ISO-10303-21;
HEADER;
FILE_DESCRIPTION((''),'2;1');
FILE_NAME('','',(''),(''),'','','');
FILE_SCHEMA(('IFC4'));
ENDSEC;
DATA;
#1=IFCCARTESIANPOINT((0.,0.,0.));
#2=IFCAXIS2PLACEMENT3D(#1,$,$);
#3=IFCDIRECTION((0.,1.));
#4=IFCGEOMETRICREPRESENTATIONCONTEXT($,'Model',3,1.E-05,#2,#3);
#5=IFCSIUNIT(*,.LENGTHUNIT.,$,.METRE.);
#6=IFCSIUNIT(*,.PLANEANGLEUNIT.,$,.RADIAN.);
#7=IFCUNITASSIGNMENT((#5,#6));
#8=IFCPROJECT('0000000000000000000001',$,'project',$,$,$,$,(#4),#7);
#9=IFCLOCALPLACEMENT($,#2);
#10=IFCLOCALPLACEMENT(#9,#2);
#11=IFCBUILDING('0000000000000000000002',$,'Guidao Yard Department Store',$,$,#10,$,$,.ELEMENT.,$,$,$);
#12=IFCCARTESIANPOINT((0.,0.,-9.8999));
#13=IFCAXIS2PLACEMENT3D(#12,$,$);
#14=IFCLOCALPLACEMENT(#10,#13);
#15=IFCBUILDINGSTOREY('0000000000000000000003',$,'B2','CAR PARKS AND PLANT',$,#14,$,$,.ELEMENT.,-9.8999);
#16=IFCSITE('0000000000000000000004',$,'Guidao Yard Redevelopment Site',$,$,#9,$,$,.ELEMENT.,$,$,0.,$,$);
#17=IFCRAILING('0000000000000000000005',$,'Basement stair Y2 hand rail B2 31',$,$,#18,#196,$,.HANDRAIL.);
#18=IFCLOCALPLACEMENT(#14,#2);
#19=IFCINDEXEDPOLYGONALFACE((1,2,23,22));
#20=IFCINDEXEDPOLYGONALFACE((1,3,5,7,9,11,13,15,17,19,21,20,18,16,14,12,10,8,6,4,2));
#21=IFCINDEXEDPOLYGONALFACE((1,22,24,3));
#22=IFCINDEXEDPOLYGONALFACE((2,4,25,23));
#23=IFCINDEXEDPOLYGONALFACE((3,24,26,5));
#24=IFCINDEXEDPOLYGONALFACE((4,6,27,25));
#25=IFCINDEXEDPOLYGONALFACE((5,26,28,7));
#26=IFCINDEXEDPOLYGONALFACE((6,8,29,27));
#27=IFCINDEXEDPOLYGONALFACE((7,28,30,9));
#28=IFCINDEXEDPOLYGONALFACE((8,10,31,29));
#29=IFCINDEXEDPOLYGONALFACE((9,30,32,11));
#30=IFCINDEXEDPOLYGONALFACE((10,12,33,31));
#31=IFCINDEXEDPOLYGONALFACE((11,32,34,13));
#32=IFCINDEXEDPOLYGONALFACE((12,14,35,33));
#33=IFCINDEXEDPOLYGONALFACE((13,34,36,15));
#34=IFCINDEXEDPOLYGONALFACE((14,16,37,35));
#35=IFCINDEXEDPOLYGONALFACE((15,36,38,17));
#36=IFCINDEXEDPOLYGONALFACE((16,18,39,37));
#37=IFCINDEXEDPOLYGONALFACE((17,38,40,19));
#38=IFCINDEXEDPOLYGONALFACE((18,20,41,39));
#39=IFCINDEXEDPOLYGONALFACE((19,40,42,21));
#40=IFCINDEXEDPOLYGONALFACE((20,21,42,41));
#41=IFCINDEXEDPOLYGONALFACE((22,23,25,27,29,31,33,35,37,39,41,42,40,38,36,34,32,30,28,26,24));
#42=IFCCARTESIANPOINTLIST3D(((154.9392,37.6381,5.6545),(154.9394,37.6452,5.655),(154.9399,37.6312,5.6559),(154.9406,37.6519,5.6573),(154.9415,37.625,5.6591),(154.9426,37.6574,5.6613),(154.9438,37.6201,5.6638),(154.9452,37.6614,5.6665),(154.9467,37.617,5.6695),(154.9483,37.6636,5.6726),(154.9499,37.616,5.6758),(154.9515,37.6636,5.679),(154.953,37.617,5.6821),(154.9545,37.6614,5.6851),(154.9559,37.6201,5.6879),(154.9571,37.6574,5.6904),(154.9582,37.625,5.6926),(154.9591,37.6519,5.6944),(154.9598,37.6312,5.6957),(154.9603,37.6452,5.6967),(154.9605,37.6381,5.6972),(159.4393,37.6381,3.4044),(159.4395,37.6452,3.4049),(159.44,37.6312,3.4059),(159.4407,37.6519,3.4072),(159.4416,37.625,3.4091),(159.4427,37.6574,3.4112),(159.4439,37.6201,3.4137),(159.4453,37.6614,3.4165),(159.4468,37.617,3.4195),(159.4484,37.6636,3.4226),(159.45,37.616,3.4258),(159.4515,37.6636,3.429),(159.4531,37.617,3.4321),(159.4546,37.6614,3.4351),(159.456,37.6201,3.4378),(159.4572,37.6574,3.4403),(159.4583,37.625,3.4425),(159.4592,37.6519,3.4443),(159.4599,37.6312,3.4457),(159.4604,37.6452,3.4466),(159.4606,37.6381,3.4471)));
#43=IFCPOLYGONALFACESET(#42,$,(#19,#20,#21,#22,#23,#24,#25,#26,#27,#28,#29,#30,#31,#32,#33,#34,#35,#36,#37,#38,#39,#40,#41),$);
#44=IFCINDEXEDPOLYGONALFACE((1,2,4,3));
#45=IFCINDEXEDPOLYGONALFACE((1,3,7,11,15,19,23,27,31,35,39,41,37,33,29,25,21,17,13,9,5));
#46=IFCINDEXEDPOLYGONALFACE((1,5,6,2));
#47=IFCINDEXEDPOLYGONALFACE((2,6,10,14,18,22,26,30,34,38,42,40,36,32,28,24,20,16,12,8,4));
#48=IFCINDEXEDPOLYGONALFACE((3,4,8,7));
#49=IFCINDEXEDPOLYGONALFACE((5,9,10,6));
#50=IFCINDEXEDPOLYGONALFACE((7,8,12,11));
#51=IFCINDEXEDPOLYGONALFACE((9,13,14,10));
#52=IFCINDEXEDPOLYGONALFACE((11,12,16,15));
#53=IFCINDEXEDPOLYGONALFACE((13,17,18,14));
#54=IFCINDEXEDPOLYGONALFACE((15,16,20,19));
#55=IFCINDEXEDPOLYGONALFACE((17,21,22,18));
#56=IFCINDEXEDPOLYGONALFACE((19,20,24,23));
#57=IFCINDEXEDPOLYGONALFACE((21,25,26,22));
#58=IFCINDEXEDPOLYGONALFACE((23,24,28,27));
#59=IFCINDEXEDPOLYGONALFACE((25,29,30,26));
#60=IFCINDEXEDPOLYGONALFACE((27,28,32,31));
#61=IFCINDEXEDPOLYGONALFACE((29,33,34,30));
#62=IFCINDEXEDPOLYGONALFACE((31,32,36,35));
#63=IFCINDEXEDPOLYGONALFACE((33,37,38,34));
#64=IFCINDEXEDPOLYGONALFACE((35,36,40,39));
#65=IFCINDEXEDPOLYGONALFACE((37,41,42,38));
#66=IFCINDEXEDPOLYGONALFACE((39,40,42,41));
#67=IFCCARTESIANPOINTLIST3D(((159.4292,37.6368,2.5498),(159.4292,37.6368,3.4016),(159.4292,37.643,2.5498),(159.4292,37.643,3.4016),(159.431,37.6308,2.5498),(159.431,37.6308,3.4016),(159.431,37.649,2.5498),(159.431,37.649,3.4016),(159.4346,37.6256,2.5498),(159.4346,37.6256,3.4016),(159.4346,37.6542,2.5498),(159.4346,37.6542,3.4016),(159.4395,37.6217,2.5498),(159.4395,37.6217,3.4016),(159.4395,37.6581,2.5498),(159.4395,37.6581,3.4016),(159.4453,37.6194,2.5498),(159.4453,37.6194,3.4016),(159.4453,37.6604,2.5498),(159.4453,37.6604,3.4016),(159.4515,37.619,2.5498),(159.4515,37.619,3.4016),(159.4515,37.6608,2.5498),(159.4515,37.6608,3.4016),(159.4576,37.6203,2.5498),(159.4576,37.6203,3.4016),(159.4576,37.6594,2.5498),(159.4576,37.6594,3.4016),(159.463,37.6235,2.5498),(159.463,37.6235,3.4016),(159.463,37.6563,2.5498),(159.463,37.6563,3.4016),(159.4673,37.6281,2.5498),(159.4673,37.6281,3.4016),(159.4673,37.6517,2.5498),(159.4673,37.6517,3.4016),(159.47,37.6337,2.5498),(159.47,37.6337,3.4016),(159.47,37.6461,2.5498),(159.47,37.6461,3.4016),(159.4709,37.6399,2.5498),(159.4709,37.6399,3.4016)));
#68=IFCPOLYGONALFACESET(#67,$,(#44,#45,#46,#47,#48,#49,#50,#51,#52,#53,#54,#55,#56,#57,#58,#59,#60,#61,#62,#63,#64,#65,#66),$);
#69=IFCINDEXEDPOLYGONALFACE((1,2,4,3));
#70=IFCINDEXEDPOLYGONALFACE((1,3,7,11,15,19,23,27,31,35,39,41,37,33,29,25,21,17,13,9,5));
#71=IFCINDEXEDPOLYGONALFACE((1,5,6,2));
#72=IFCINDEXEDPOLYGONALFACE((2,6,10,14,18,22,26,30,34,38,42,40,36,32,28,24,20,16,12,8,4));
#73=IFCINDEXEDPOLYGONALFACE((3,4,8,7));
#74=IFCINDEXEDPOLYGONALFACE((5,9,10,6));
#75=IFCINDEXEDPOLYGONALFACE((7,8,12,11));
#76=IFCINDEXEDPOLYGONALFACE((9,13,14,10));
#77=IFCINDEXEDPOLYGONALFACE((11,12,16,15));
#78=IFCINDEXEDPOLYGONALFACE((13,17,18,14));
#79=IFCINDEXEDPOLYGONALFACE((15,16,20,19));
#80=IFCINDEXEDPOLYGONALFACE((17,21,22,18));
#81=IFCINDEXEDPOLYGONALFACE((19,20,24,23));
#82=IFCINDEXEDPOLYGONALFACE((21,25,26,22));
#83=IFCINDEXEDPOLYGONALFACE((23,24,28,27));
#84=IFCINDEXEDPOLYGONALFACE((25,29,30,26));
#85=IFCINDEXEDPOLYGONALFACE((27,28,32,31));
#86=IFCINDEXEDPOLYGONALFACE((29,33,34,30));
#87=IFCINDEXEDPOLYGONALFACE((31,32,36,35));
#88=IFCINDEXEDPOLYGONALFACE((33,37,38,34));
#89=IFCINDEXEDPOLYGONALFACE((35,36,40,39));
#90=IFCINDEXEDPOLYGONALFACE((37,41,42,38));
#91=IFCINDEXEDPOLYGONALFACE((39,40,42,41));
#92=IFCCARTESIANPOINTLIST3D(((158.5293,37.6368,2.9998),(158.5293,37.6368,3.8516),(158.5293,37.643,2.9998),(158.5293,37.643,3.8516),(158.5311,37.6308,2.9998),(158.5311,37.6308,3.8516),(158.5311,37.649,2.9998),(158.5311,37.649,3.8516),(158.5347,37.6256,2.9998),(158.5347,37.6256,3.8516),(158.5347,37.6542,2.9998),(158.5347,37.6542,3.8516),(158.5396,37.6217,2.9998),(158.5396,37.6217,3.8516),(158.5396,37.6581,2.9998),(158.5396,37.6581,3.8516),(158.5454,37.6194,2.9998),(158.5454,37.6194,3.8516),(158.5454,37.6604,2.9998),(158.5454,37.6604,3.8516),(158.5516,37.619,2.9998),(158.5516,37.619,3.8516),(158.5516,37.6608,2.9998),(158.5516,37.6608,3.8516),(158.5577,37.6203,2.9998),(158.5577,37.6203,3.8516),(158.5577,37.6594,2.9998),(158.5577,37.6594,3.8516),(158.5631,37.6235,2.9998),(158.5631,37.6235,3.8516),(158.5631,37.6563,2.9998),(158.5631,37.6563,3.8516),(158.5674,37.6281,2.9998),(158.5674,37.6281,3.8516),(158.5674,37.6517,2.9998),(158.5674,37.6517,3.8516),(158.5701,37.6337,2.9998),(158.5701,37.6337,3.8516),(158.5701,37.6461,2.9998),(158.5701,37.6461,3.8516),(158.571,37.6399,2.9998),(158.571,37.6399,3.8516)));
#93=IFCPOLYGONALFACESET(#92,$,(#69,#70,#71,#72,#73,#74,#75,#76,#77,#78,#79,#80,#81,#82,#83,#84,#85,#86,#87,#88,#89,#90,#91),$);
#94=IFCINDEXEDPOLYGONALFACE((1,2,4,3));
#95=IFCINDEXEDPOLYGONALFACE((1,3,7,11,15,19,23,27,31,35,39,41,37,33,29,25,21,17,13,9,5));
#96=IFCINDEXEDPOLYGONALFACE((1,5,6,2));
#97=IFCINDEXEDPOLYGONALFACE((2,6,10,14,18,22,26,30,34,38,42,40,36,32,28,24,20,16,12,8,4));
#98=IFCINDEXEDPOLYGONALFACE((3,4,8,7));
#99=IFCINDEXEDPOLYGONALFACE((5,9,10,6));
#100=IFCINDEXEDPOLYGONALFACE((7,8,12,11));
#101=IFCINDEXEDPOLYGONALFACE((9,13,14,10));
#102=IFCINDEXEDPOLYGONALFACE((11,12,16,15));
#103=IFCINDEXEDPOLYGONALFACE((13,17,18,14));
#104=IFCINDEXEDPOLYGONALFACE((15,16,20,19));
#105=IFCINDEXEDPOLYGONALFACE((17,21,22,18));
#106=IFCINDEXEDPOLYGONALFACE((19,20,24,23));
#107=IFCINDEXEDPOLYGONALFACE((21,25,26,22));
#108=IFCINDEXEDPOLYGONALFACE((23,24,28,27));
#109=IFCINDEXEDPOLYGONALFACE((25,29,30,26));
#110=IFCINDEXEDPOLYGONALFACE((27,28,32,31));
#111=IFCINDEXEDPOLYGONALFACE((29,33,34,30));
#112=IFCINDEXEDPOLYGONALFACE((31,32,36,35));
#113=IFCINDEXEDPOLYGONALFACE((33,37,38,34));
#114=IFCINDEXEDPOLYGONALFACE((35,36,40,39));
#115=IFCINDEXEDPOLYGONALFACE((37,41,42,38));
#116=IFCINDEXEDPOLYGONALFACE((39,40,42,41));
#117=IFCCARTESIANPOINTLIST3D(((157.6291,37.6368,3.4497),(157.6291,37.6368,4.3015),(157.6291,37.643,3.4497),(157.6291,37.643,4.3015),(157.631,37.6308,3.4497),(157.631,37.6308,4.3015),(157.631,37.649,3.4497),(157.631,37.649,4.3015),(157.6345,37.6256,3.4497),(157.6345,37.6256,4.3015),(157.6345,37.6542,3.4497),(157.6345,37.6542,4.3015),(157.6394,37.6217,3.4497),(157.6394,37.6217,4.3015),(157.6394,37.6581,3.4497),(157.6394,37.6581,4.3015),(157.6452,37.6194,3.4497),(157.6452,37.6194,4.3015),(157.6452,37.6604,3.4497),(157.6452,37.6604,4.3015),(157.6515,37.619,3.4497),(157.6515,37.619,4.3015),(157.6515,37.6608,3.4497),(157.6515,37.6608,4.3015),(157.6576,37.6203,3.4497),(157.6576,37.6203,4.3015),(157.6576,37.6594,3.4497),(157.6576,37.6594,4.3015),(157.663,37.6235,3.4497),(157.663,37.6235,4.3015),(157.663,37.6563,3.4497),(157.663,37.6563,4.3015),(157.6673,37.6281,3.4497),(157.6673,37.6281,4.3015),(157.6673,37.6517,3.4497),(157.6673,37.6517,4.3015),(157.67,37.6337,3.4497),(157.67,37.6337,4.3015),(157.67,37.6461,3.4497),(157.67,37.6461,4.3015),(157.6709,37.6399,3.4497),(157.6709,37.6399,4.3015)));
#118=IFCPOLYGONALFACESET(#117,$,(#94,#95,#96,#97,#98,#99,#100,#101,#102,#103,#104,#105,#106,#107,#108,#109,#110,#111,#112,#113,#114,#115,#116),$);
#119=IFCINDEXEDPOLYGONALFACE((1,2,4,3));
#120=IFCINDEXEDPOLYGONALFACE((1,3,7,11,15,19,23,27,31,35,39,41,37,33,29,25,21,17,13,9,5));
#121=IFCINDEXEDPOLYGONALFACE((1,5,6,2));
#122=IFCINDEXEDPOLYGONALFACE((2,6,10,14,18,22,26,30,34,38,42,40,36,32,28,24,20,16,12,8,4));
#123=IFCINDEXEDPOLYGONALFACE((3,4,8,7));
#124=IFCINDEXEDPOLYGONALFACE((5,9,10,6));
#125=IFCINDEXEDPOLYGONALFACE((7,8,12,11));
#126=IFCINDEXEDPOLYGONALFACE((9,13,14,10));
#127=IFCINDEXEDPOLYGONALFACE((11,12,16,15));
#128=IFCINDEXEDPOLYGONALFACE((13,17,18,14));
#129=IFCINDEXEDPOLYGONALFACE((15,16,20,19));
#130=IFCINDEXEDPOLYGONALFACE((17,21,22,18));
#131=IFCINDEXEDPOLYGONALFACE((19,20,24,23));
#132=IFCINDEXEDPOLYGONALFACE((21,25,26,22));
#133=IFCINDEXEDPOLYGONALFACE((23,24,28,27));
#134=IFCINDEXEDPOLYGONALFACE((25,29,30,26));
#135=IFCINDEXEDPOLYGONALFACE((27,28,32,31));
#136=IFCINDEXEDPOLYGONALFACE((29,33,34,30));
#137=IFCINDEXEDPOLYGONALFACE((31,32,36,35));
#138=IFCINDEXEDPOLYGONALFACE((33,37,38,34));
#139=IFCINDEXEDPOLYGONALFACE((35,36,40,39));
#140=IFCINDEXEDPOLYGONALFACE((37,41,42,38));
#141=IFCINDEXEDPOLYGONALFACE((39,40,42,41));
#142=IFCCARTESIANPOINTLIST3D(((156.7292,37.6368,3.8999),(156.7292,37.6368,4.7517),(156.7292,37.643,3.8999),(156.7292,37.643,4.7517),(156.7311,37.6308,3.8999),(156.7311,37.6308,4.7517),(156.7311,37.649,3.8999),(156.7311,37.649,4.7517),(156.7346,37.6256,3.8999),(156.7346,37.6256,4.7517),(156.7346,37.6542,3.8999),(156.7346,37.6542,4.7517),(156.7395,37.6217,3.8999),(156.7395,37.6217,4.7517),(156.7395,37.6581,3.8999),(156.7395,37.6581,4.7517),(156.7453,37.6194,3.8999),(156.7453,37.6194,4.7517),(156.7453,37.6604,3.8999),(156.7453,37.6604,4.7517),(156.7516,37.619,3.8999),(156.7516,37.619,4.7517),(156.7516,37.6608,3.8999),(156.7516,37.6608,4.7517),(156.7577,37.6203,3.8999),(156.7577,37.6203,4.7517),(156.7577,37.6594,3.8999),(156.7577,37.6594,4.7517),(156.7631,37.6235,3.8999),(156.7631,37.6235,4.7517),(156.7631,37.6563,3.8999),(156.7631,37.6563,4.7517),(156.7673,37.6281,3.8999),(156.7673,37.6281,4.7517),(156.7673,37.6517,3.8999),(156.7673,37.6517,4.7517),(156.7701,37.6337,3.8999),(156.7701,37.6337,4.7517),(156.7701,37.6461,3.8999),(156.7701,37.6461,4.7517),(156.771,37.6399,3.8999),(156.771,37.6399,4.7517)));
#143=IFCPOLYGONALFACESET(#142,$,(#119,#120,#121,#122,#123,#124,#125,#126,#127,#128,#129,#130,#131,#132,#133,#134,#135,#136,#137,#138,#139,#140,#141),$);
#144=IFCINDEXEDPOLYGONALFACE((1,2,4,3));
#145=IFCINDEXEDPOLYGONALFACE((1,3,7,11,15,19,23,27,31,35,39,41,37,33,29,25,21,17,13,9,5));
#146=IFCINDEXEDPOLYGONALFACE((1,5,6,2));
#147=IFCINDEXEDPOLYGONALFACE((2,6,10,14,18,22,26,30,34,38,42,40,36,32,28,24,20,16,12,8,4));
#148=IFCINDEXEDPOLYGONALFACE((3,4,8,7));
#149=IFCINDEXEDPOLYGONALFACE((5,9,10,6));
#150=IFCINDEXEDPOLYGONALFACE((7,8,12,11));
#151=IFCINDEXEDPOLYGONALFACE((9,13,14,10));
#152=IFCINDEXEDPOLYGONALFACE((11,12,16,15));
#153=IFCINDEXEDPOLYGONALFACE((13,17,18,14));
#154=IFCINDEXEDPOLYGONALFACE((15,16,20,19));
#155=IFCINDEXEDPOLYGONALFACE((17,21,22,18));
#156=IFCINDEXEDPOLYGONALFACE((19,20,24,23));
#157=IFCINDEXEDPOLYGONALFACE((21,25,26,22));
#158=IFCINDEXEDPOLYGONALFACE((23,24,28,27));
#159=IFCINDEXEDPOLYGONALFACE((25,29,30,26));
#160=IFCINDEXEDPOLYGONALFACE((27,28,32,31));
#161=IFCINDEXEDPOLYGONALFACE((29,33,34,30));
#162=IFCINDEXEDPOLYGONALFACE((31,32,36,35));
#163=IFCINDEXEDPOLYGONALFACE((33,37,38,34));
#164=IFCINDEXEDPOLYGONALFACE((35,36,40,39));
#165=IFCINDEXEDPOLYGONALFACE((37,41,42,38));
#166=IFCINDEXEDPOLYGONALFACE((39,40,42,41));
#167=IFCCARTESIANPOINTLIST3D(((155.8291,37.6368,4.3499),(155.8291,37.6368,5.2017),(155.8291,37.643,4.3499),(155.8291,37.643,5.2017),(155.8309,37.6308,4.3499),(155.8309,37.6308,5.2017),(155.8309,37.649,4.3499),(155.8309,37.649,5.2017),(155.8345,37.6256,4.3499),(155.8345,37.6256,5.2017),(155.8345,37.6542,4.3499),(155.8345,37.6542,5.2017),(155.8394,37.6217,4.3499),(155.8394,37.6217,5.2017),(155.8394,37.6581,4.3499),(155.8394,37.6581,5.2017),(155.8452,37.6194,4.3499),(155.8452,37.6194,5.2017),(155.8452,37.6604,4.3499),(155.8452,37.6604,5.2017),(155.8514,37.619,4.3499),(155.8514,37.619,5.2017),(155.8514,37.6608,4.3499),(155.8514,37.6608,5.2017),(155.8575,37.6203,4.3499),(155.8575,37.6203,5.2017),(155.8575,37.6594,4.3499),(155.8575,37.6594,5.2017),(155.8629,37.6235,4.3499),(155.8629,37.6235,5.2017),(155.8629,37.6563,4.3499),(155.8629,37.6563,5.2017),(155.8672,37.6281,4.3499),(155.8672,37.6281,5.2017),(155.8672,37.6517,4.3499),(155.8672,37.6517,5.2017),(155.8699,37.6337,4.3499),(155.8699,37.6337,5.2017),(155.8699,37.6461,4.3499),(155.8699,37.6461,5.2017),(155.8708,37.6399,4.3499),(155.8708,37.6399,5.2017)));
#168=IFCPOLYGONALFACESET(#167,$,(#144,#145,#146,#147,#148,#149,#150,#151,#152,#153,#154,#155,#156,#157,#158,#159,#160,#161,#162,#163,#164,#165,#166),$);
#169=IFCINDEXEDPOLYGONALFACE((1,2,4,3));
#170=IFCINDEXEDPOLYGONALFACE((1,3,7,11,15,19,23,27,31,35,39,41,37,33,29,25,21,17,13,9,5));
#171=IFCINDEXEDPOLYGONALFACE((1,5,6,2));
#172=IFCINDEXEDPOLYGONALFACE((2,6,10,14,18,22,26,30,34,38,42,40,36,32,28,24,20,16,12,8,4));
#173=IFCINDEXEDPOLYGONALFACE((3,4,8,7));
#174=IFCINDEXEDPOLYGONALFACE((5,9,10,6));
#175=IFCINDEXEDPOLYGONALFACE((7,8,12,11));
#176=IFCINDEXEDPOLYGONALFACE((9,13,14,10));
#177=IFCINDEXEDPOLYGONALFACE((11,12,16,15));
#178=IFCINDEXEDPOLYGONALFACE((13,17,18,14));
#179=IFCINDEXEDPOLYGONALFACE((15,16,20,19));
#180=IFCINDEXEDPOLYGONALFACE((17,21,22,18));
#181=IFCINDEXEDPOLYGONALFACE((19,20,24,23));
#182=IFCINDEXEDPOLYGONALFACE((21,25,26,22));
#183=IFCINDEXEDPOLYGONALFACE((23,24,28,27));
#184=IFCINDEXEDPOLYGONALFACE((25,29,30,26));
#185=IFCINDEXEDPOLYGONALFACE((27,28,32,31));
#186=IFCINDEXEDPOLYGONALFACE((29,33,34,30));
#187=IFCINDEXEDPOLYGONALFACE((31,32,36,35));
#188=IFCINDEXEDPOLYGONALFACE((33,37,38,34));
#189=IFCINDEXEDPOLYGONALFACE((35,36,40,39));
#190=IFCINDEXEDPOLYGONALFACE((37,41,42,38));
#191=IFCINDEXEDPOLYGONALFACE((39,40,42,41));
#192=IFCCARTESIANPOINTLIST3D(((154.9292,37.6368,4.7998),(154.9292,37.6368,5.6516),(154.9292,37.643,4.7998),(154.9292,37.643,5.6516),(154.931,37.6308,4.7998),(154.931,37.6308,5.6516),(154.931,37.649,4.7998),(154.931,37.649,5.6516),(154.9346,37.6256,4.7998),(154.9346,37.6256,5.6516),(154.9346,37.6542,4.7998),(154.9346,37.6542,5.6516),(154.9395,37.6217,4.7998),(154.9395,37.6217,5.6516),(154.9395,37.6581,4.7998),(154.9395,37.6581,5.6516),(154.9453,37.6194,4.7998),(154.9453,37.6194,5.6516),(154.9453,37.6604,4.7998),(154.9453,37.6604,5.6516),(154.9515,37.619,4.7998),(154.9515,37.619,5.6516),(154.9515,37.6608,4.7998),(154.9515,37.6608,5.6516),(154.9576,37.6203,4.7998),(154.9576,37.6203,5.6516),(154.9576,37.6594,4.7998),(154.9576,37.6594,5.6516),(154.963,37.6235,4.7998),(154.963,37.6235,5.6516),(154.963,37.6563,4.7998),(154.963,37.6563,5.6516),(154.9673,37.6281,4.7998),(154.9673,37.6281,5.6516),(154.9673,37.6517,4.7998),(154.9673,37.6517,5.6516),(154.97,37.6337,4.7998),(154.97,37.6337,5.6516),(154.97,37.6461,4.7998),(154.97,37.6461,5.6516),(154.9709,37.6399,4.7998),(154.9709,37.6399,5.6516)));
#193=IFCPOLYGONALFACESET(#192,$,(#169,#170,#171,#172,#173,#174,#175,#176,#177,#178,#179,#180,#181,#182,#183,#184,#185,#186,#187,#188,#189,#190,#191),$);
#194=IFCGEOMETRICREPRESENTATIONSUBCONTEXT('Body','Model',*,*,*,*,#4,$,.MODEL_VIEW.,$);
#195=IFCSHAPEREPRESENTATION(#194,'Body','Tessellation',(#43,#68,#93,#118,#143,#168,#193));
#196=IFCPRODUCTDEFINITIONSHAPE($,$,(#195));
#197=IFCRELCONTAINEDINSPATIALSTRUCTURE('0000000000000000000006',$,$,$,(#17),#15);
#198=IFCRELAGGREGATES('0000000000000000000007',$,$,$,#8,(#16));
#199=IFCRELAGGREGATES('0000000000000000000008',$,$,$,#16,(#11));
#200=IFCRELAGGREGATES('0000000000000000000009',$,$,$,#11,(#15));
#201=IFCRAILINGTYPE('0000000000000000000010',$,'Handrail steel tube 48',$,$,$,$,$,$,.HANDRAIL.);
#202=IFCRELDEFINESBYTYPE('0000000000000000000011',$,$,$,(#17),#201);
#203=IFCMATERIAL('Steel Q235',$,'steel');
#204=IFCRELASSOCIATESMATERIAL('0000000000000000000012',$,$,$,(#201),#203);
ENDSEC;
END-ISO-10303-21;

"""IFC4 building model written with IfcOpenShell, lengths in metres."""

from ifc_helpers import new_model, si_unit, direction, frame, origin, origin_2d, place, context, subcontext, project, spatial, circle, extrude, material, type_object, element, save


model = new_model("IFC4")

# Units and contexts
model_context = context("Model", 3, precision=1e-05, world=origin(), true_north=direction((0.0, 1.0)))
body_context = subcontext(model_context, "Body", "Model", "MODEL_VIEW")
ifc_project = project(units=[si_unit("LENGTHUNIT", "METRE"), si_unit("PLANEANGLEUNIT", "RADIAN")], contexts=[model_context])

# Site, building, storey
site_placement = place(None, origin())
site = spatial("IfcSite", under=ifc_project, at=site_placement, Name="Guidao Yard Redevelopment Site", CompositionType="ELEMENT", RefElevation=0.0)
building_placement = place(site_placement, origin())
building = spatial("IfcBuilding", under=site, at=building_placement, Name="Guidao Yard Department Store", CompositionType="ELEMENT")
storey_placement = place(building_placement, frame((0.0, 0.0, -9.8999)))
storey = spatial("IfcBuildingStorey", under=building, at=storey_placement, Name="B2", Description="CAR PARKS AND PLANT", CompositionType="ELEMENT", Elevation=-9.8999)

# Railing
ifc_material_1 = material(Name="Steel Q235", Category="steel")
railing_type_1 = type_object("IfcRailingType", Name="Handrail steel tube 48", PredefinedType="HANDRAIL", material=ifc_material_1)
for number, where, name in (
    (1, (159.45, 37.6399, 2.5498), "Basement stair Y2 hand rail B2 31"),
):
    element("IfcRailing", number, at=place(storey_placement, frame(where)), inside=storey, type_object=railing_type_1, Name=name, PredefinedType="HANDRAIL", context=body_context, shape_type="SweptSolid", body=[
        extrude(circle(Radius=0.0239, at=origin_2d()), frame((0.0, 0.0, 0.876), z_axis=(-0.894427, 0.0, 0.447214), x_axis=(0.0, -1.0, 0.0)), (0.0, 0.0, 1.0), 5.0312),
        extrude(circle(Radius=0.021, at=origin_2d()), origin(), (0.0, 0.0, 1.0), 0.8518),
        extrude(circle(Radius=0.021, at=origin_2d()), frame((-0.8999, 0.0, 0.45)), (0.0, 0.0, 1.0), 0.8518),
        extrude(circle(Radius=0.021, at=origin_2d()), frame((-1.8, 0.0, 0.8999)), (0.0, 0.0, 1.0), 0.8518),
        extrude(circle(Radius=0.021, at=origin_2d()), frame((-2.7, 0.0, 1.3501)), (0.0, 0.0, 1.0), 0.8518),
        extrude(circle(Radius=0.021, at=origin_2d()), frame((-3.6001, 0.0, 1.8)), (0.0, 0.0, 1.0), 0.8518),
        extrude(circle(Radius=0.021, at=origin_2d()), frame((-4.5, 0.0, 2.25)), (0.0, 0.0, 1.0), 0.8518),
    ])

save(model, "model.ifc")
